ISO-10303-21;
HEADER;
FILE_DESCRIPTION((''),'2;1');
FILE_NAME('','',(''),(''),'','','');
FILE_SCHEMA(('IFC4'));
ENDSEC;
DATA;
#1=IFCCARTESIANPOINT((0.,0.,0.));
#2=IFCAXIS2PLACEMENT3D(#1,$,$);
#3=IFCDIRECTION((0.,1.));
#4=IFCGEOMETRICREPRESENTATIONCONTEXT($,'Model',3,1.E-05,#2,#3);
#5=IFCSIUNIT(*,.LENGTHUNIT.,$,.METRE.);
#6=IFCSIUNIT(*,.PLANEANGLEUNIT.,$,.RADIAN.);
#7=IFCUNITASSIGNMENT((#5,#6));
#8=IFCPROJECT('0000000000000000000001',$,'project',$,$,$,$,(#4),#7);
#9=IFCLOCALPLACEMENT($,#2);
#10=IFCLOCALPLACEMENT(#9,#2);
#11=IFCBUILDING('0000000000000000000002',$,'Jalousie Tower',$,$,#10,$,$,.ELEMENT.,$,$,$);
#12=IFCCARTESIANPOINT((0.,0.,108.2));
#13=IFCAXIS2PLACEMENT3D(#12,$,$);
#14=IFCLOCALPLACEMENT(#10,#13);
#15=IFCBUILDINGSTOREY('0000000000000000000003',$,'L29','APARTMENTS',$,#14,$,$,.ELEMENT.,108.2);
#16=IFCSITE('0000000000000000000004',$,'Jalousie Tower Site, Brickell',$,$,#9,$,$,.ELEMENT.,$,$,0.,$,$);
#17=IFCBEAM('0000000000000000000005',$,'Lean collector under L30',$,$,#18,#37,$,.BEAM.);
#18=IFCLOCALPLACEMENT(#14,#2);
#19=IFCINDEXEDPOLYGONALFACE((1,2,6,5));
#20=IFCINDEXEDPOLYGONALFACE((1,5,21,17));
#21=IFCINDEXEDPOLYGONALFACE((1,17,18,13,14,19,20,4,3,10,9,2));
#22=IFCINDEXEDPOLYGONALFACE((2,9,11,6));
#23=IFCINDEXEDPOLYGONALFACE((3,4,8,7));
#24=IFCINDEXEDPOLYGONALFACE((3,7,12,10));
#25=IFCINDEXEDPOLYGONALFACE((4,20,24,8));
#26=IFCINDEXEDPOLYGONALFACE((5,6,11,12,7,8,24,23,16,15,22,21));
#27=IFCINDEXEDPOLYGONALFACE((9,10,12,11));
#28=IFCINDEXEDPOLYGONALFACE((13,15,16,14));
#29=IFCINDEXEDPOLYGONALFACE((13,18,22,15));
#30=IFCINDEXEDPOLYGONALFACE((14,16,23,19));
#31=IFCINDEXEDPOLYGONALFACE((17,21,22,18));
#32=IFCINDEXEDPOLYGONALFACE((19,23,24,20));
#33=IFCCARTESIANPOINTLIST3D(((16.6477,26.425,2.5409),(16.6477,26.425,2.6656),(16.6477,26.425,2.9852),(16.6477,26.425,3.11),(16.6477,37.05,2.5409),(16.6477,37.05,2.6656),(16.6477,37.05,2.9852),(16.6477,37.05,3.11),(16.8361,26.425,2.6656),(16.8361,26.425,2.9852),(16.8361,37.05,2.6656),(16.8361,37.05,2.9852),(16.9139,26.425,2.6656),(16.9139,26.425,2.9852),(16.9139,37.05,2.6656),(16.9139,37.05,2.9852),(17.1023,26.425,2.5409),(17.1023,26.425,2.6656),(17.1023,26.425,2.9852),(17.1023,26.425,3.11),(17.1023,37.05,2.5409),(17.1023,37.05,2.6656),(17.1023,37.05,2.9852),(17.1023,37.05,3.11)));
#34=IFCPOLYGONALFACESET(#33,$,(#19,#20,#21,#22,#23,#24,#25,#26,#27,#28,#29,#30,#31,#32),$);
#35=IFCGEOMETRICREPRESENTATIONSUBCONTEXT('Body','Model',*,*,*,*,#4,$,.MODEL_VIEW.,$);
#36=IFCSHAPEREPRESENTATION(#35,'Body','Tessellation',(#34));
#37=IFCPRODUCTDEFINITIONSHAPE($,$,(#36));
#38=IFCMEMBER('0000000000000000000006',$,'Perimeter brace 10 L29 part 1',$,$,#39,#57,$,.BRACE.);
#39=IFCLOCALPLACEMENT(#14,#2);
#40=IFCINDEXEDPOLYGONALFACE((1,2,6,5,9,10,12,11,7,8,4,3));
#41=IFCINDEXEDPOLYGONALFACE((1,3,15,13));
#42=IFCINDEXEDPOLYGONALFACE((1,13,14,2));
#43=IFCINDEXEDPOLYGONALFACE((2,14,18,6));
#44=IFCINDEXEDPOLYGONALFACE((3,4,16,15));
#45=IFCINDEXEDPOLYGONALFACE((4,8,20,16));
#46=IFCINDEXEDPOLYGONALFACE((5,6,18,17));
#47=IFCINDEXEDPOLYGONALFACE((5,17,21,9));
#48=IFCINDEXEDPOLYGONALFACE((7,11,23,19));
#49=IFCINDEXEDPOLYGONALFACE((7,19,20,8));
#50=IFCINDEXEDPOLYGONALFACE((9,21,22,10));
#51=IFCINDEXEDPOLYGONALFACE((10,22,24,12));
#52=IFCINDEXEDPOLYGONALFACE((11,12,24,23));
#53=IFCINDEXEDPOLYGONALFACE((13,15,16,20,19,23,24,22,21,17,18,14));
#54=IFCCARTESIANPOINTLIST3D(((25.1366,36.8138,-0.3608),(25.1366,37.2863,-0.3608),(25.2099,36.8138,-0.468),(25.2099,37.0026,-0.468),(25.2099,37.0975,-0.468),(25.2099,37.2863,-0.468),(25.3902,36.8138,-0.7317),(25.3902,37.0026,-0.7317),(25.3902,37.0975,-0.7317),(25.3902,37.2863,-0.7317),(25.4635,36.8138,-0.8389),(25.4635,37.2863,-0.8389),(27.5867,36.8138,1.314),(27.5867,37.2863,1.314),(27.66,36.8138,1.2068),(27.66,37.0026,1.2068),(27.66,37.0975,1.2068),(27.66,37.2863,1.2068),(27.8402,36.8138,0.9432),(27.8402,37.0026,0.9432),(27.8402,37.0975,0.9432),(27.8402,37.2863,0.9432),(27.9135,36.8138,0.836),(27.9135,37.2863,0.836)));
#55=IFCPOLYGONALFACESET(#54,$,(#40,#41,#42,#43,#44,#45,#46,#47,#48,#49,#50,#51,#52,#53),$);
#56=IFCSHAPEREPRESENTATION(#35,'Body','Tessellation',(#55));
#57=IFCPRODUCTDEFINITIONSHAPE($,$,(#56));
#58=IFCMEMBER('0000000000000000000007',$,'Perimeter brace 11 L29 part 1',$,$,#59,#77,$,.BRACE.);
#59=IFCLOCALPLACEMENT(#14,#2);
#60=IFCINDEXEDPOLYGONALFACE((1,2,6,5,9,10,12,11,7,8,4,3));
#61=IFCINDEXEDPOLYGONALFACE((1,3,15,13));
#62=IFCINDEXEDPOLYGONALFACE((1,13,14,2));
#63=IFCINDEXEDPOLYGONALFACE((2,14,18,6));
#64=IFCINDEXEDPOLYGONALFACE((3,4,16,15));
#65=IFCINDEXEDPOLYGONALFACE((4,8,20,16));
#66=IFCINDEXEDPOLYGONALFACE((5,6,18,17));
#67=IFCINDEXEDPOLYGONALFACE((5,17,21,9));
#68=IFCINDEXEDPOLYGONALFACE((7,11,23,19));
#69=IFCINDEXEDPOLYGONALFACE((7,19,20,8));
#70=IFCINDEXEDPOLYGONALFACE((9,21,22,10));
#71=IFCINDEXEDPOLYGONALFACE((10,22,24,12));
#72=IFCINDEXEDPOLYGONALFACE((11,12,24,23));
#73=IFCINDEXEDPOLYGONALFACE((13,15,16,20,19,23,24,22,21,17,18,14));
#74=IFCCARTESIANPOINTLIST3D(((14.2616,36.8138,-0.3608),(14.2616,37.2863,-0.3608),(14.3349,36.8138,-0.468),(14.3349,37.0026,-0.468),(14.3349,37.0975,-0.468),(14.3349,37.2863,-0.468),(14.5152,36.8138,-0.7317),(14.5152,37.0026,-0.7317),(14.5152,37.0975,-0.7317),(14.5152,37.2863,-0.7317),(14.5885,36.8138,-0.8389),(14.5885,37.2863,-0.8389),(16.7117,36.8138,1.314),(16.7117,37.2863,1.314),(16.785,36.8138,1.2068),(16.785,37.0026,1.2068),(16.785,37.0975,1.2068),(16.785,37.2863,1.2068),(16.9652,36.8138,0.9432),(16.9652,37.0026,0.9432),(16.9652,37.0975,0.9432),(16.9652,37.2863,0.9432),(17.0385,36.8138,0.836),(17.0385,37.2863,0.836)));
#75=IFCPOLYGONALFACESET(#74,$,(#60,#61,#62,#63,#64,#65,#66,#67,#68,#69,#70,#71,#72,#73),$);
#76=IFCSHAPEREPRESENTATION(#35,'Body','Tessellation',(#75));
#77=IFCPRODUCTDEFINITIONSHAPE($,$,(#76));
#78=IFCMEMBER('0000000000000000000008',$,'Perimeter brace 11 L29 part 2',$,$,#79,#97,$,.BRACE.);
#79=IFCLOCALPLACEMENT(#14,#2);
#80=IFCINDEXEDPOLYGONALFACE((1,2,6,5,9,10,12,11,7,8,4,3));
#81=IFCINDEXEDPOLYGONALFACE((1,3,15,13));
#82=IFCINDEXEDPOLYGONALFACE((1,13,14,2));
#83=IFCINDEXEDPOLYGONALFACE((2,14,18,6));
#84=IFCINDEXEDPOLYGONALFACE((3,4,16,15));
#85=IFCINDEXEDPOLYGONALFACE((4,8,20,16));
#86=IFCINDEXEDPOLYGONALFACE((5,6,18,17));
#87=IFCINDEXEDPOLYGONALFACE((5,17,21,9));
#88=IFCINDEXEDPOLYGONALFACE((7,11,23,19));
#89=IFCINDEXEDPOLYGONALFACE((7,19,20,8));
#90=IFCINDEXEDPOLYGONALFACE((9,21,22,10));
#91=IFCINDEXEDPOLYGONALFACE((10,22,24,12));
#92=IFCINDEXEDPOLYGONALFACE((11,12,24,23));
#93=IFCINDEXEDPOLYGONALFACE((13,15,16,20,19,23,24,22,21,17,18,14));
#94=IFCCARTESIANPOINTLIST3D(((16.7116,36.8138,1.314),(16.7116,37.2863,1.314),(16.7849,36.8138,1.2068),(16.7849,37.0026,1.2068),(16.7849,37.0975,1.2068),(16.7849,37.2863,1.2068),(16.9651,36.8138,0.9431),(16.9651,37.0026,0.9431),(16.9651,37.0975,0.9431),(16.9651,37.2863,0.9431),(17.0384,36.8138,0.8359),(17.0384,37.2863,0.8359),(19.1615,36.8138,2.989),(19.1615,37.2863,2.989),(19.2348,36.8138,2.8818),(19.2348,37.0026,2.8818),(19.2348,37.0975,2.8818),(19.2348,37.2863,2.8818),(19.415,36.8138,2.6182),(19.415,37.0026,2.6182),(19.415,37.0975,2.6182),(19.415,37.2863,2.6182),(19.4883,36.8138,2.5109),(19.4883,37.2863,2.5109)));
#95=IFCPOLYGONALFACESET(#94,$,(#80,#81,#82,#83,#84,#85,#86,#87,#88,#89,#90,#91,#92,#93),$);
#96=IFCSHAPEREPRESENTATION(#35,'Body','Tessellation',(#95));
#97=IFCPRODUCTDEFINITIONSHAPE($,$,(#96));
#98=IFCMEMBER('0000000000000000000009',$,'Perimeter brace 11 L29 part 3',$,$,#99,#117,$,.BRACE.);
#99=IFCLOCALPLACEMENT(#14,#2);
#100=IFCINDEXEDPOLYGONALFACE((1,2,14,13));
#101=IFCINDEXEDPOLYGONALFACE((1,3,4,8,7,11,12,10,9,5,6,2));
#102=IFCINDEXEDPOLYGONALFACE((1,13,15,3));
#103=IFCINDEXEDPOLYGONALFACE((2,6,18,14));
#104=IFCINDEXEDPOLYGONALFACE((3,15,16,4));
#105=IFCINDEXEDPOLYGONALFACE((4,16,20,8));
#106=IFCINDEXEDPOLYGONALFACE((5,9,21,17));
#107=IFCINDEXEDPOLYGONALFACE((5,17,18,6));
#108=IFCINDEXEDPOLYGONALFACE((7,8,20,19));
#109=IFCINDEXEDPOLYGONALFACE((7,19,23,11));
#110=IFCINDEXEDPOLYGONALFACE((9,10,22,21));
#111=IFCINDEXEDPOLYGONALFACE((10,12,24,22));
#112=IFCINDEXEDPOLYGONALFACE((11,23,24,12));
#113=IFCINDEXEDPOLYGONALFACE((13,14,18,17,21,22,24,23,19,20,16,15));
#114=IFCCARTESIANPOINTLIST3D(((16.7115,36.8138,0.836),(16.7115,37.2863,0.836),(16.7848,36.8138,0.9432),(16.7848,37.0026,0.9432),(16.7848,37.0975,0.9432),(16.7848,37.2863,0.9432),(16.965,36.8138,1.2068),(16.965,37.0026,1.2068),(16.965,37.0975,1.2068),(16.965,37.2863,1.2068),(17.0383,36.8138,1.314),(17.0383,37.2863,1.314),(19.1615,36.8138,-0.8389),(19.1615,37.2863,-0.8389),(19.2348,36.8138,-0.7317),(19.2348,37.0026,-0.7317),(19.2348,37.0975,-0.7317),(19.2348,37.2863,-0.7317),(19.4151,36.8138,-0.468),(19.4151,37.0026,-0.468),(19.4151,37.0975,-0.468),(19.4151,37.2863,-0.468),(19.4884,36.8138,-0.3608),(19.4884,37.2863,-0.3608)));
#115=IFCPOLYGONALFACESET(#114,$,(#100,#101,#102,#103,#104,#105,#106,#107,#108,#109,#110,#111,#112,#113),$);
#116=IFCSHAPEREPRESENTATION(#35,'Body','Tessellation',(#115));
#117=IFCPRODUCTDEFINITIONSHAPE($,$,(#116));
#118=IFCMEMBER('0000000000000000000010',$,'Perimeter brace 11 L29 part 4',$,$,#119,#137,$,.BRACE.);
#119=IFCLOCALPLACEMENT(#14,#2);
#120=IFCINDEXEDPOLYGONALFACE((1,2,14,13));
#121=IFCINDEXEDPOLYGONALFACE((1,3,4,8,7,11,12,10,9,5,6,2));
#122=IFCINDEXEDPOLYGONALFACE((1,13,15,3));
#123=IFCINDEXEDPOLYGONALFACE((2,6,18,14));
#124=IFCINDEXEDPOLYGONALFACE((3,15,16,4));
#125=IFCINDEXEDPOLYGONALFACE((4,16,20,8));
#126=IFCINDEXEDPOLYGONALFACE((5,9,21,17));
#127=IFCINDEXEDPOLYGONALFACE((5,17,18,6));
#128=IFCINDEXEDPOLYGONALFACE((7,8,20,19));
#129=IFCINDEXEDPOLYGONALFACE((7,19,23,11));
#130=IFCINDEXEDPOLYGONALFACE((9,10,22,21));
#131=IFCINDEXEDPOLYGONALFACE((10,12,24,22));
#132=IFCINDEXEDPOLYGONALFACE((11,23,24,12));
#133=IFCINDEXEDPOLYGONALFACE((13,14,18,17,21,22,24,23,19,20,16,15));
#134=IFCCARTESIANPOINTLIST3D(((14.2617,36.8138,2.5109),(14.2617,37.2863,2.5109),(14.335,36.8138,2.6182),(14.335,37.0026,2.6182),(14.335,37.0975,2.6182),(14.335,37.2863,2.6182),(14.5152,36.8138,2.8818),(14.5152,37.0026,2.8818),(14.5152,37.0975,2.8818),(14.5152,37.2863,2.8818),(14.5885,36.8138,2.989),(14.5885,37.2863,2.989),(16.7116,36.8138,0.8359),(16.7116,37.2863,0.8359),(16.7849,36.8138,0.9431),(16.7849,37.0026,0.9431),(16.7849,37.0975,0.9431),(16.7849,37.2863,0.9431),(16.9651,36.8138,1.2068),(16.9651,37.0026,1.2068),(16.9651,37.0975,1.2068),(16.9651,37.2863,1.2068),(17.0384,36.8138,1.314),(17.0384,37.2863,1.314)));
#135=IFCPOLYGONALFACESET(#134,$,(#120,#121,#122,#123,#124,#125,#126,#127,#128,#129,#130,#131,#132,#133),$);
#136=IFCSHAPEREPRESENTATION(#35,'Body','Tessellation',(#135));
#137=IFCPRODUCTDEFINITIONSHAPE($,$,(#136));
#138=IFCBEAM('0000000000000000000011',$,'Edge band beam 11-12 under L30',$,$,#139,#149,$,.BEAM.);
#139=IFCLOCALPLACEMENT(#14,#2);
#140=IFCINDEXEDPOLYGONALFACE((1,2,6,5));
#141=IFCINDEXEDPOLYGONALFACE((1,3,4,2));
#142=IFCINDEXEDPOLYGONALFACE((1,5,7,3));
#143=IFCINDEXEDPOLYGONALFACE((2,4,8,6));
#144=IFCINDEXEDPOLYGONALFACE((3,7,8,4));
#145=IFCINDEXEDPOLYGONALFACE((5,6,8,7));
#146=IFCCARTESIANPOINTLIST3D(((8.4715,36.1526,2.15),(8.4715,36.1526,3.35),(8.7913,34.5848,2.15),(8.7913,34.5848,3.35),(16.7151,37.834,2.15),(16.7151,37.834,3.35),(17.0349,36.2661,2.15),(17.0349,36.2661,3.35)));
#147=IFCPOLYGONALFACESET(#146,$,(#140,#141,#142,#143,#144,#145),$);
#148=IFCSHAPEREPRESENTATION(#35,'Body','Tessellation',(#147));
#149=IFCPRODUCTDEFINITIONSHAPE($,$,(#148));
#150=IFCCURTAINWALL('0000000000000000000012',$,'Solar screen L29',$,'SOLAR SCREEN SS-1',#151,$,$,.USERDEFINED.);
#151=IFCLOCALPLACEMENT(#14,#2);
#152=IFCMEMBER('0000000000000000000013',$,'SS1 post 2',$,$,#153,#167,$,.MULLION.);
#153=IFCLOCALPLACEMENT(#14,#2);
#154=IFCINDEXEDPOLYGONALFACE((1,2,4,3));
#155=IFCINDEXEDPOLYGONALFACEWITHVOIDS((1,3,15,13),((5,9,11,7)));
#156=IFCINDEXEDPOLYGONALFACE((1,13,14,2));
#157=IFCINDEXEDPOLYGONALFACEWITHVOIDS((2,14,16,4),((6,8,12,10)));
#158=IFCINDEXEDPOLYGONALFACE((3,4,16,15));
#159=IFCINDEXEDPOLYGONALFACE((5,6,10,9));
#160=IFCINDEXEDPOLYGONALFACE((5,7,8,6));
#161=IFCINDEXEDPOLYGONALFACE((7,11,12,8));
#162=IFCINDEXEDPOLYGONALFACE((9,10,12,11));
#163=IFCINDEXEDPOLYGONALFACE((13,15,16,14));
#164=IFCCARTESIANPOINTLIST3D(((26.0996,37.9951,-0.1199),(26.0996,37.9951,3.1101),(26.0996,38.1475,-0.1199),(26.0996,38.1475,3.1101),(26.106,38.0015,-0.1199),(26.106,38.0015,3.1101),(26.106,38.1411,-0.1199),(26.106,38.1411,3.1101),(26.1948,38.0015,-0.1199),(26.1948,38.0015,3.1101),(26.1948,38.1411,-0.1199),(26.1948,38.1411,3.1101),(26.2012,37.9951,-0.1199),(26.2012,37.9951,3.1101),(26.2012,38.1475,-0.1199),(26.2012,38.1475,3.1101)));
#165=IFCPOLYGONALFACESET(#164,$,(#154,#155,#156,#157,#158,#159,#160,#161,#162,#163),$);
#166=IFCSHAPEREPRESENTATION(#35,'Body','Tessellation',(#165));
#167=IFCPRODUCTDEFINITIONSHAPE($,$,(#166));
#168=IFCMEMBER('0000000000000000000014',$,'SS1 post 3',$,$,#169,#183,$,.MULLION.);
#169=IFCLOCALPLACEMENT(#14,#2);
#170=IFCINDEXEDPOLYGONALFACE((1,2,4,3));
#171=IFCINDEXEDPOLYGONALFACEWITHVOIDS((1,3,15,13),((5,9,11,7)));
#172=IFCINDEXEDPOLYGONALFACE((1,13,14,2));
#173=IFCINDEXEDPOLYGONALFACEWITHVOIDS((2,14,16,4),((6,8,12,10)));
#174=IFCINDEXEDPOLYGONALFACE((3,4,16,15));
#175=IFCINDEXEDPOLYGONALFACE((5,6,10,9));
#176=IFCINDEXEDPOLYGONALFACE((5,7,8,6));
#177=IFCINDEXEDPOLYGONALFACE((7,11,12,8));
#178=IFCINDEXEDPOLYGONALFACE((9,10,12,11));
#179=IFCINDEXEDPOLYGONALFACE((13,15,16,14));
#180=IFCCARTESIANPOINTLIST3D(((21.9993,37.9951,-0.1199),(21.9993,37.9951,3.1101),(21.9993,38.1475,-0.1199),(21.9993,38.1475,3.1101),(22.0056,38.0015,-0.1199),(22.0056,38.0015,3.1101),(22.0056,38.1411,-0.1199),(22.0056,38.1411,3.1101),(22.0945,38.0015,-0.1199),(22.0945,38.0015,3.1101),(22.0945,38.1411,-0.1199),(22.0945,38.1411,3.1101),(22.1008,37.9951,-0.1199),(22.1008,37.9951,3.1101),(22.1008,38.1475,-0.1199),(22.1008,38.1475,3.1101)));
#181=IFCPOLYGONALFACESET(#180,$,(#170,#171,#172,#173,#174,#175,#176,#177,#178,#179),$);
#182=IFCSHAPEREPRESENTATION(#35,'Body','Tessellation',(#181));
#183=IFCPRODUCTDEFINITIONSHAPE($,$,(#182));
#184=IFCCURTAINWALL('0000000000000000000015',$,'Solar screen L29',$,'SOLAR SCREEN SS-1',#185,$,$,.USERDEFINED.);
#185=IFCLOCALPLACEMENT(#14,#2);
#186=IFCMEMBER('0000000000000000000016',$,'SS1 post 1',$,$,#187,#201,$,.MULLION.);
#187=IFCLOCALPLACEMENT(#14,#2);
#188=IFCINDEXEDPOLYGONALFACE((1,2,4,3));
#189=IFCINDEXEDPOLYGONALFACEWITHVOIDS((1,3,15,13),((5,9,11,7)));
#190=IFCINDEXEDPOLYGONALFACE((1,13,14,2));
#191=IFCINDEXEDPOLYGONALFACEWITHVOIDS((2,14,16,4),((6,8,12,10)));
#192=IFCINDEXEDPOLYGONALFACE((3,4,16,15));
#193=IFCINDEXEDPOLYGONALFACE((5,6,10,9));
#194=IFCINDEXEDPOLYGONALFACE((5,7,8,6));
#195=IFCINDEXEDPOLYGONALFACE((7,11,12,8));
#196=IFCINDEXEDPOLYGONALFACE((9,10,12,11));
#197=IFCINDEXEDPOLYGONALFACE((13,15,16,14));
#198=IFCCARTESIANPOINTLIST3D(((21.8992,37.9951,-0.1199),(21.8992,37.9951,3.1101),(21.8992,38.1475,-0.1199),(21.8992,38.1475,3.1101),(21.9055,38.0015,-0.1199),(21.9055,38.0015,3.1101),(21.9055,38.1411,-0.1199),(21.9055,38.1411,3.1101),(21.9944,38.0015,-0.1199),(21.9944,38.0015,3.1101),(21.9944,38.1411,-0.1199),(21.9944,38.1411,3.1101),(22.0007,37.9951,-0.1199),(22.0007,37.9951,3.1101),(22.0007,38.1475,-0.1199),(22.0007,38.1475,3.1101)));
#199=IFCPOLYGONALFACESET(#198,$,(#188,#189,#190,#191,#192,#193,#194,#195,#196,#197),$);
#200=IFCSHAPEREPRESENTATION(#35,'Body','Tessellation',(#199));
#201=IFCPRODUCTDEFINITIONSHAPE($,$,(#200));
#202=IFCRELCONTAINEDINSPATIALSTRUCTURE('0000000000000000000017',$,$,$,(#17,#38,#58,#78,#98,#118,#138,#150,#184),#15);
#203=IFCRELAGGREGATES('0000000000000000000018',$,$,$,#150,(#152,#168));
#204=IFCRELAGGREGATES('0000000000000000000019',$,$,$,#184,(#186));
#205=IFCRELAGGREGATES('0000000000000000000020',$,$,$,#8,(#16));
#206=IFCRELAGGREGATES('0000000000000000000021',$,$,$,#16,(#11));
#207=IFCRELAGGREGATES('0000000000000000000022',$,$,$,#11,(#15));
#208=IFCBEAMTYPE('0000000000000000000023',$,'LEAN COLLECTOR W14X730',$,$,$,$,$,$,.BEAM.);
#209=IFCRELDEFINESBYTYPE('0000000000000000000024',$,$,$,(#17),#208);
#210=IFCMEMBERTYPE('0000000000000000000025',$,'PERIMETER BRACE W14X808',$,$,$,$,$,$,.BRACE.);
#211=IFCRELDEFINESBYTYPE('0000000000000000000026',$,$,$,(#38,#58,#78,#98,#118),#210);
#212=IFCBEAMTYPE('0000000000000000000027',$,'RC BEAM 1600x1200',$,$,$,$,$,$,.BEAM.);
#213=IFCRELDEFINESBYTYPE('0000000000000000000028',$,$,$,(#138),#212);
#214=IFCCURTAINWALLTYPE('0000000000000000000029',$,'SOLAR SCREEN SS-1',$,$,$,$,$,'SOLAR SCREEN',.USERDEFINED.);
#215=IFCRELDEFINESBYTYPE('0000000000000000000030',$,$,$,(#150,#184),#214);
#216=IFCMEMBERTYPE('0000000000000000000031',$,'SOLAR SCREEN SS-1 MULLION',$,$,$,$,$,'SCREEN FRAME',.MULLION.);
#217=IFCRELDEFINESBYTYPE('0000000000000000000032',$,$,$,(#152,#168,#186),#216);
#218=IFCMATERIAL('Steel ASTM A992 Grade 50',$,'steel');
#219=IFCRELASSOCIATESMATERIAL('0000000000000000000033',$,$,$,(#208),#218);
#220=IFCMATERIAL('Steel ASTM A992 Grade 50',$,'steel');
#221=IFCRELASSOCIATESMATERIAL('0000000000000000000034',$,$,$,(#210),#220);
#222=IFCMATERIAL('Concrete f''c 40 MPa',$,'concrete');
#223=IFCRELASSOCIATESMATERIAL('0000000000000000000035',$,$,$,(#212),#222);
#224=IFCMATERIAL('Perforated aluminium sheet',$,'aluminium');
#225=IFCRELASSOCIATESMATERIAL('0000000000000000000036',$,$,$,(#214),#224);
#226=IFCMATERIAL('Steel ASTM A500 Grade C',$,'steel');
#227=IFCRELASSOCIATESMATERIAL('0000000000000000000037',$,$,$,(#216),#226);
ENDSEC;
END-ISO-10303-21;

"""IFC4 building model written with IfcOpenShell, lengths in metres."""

from ifc_helpers import new_model, si_unit, direction, frame, origin, origin_2d, place, context, subcontext, project, spatial, rectangle, hollow_rectangle, i_section, extrude, material, material_profile, profile_set, type_object, element, aggregate, save


model = new_model("IFC4")

# Units and contexts
model_context = context("Model", 3, precision=1e-05, world=origin(), true_north=direction((0.0, 1.0)))
body_context = subcontext(model_context, "Body", "Model", "MODEL_VIEW")
ifc_project = project(units=[si_unit("LENGTHUNIT", "METRE"), si_unit("PLANEANGLEUNIT", "RADIAN")], contexts=[model_context])

# Site, building, storey
site_placement = place(None, origin())
site = spatial("IfcSite", under=ifc_project, at=site_placement, Name="Jalousie Tower Site, Brickell", CompositionType="ELEMENT", RefElevation=0.0)
building_placement = place(site_placement, origin())
building = spatial("IfcBuilding", under=site, at=building_placement, Name="Jalousie Tower", CompositionType="ELEMENT")
storey_placement = place(building_placement, frame((0.0, 0.0, 108.2)))
storey = spatial("IfcBuildingStorey", under=building, at=storey_placement, Name="L29", Description="APARTMENTS", CompositionType="ELEMENT", Elevation=108.2)

# Beam
ifc_material_1 = material(Name="Steel ASTM A992 Grade 50", Category="steel")
ifc_material_profile_1 = material_profile(ifc_material_1, i_section(OverallWidth=0.4546, OverallDepth=0.5691, WebThickness=0.0779, FlangeThickness=0.1248, at=origin_2d()), Name="W14X730")
ifc_profile_set_1 = profile_set([ifc_material_profile_1], Name="Steel ASTM A992 Grade 50")
beam_type_1 = type_object("IfcBeamType", Name="LEAN COLLECTOR W14X730", PredefinedType="BEAM", material=ifc_profile_set_1)
beam_1_placement = place(storey_placement, frame((16.875, 37.05, 2.8254), z_axis=(0.0, -1.0, 0.0), x_axis=(1.0, 0.0, 0.0)))
element("IfcBeam", 1, at=beam_1_placement, inside=storey, type_object=beam_type_1, Name="Lean collector under L30", PredefinedType="BEAM", context=body_context, shape_type="SweptSolid", body=[
    extrude(i_section(OverallWidth=0.4546, OverallDepth=0.5691, WebThickness=0.0779, FlangeThickness=0.1248, at=origin_2d()), origin(), (0.0, 0.0, 1.0), 10.625),
])

# Members
ifc_material_2 = material(Name="Steel ASTM A992 Grade 50", Category="steel")
ifc_material_profile_2 = material_profile(ifc_material_2, i_section(OverallWidth=0.4724, OverallDepth=0.5791, WebThickness=0.095, FlangeThickness=0.1299, at=origin_2d()), Name="W14X808")
ifc_profile_set_2 = profile_set([ifc_material_profile_2], Name="Steel ASTM A992 Grade 50")
member_type_1 = type_object("IfcMemberType", Name="PERIMETER BRACE W14X808", PredefinedType="BRACE", material=ifc_profile_set_2)
for number, where, z_axis, x_axis, name in (
    (2, (25.3, 37.05, -0.5999), (0.825539, 0.0, 0.564345), (0.0, 1.0, 0.0), "Perimeter brace 10 L29 part 1"),
    (3, (14.425, 37.05, -0.5999), (0.825539, 0.0, 0.564345), (0.0, 1.0, 0.0), "Perimeter brace 11 L29 part 1"),
    (4, (16.875, 37.05, 1.075), (0.825501, 0.0, 0.564401), (0.0, 1.0, 0.0), "Perimeter brace 11 L29 part 2"),
    (5, (19.325, 37.05, -0.5999), (-0.825539, 0.0, 0.564345), (0.0, -1.0, 0.0), "Perimeter brace 11 L29 part 3"),
    (6, (16.875, 37.05, 1.075), (-0.825501, 0.0, 0.564401), (0.0, -1.0, 0.0), "Perimeter brace 11 L29 part 4"),
):
    element("IfcMember", number, at=place(storey_placement, frame(where, z_axis=z_axis, x_axis=x_axis)), inside=storey, type_object=member_type_1, Name=name, PredefinedType="BRACE", context=body_context, shape_type="SweptSolid", body=[
        extrude(i_section(OverallWidth=0.4724, OverallDepth=0.5791, WebThickness=0.095, FlangeThickness=0.1299, at=origin_2d()), origin(), (0.0, 0.0, 1.0), 2.9678),
    ])

# Beam
ifc_material_3 = material(Name="Concrete f'c 40 MPa", Category="concrete")
ifc_material_profile_3 = material_profile(ifc_material_3, rectangle(XDim=1.6001, YDim=1.2, at=origin_2d()), Name="RC 1600x1200")
ifc_profile_set_3 = profile_set([ifc_material_profile_3], Name="Concrete f'c 40 MPa")
beam_type_2 = type_object("IfcBeamType", Name="RC BEAM 1600x1200", PredefinedType="BEAM", material=ifc_profile_set_3)
beam_2_placement = place(storey_placement, frame((16.875, 37.05, 2.75), z_axis=(-0.979827, -0.199848, 0.0), x_axis=(0.199848, -0.979827, 0.0)))
element("IfcBeam", 7, at=beam_2_placement, inside=storey, type_object=beam_type_2, Name="Edge band beam 11-12 under L30", PredefinedType="BEAM", context=body_context, shape_type="SweptSolid", body=[
    extrude(rectangle(XDim=1.6001, YDim=1.2, at=origin_2d()), origin(), (0.0, 0.0, 1.0), 8.4133),
])

# Curtain walls, members
ifc_material_4 = material(Name="Perforated aluminium sheet", Category="aluminium")
curtain_wall_type = type_object("IfcCurtainWallType", Name="SOLAR SCREEN SS-1", ElementType="SOLAR SCREEN", PredefinedType="USERDEFINED", material=ifc_material_4)
curtain_wall_1_placement = place(storey_placement, origin())
curtain_wall_1 = element("IfcCurtainWall", 8, at=curtain_wall_1_placement, inside=storey, type_object=curtain_wall_type, Name="Solar screen L29", ObjectType="SOLAR SCREEN SS-1", PredefinedType="USERDEFINED")
ifc_material_5 = material(Name="Steel ASTM A500 Grade C", Category="steel")
ifc_material_profile_4 = material_profile(ifc_material_5, hollow_rectangle(XDim=0.1016, YDim=0.1523, WallThickness=0.0063, at=origin_2d()), Name="HSS6X4X1/4")
ifc_profile_set_4 = profile_set([ifc_material_profile_4], Name="Steel ASTM A500 Grade C")
member_type_2 = type_object("IfcMemberType", Name="SOLAR SCREEN SS-1 MULLION", ElementType="SCREEN FRAME", PredefinedType="MULLION", material=ifc_profile_set_4)
member_1_placement = place(storey_placement, frame((26.1504, 38.0713, -0.1199), z_axis=(0.0, 0.0, 1.0), x_axis=(-1.0, 0.0, 0.0)))
member_1 = element("IfcMember", 9, at=member_1_placement, type_object=member_type_2, Name="SS1 post 2", PredefinedType="MULLION", context=body_context, shape_type="SweptSolid", body=[
    extrude(hollow_rectangle(XDim=0.1016, YDim=0.1523, WallThickness=0.0063, at=origin_2d()), origin(), (0.0, 0.0, 1.0), 3.23),
])
member_2_placement = place(storey_placement, frame((22.05, 38.0713, -0.1199), z_axis=(0.0, 0.0, 1.0), x_axis=(-1.0, 0.0, 0.0)))
member_2 = element("IfcMember", 10, at=member_2_placement, type_object=member_type_2, Name="SS1 post 3", PredefinedType="MULLION", context=body_context, shape_type="SweptSolid", body=[
    extrude(hollow_rectangle(XDim=0.1016, YDim=0.1523, WallThickness=0.0063, at=origin_2d()), origin(), (0.0, 0.0, 1.0), 3.23),
])
curtain_wall_2_placement = place(storey_placement, origin())
curtain_wall_2 = element("IfcCurtainWall", 11, at=curtain_wall_2_placement, inside=storey, type_object=curtain_wall_type, Name="Solar screen L29", ObjectType="SOLAR SCREEN SS-1", PredefinedType="USERDEFINED")
member_3_placement = place(storey_placement, frame((21.95, 38.0713, -0.1199), z_axis=(0.0, 0.0, 1.0), x_axis=(-1.0, 0.0, 0.0)))
member_3 = element("IfcMember", 12, at=member_3_placement, type_object=member_type_2, Name="SS1 post 1", PredefinedType="MULLION", context=body_context, shape_type="SweptSolid", body=[
    extrude(hollow_rectangle(XDim=0.1016, YDim=0.1523, WallThickness=0.0063, at=origin_2d()), origin(), (0.0, 0.0, 1.0), 3.23),
])

aggregate(curtain_wall_1, [member_1, member_2])
aggregate(curtain_wall_2, [member_3])

save(model, "model.ifc")
